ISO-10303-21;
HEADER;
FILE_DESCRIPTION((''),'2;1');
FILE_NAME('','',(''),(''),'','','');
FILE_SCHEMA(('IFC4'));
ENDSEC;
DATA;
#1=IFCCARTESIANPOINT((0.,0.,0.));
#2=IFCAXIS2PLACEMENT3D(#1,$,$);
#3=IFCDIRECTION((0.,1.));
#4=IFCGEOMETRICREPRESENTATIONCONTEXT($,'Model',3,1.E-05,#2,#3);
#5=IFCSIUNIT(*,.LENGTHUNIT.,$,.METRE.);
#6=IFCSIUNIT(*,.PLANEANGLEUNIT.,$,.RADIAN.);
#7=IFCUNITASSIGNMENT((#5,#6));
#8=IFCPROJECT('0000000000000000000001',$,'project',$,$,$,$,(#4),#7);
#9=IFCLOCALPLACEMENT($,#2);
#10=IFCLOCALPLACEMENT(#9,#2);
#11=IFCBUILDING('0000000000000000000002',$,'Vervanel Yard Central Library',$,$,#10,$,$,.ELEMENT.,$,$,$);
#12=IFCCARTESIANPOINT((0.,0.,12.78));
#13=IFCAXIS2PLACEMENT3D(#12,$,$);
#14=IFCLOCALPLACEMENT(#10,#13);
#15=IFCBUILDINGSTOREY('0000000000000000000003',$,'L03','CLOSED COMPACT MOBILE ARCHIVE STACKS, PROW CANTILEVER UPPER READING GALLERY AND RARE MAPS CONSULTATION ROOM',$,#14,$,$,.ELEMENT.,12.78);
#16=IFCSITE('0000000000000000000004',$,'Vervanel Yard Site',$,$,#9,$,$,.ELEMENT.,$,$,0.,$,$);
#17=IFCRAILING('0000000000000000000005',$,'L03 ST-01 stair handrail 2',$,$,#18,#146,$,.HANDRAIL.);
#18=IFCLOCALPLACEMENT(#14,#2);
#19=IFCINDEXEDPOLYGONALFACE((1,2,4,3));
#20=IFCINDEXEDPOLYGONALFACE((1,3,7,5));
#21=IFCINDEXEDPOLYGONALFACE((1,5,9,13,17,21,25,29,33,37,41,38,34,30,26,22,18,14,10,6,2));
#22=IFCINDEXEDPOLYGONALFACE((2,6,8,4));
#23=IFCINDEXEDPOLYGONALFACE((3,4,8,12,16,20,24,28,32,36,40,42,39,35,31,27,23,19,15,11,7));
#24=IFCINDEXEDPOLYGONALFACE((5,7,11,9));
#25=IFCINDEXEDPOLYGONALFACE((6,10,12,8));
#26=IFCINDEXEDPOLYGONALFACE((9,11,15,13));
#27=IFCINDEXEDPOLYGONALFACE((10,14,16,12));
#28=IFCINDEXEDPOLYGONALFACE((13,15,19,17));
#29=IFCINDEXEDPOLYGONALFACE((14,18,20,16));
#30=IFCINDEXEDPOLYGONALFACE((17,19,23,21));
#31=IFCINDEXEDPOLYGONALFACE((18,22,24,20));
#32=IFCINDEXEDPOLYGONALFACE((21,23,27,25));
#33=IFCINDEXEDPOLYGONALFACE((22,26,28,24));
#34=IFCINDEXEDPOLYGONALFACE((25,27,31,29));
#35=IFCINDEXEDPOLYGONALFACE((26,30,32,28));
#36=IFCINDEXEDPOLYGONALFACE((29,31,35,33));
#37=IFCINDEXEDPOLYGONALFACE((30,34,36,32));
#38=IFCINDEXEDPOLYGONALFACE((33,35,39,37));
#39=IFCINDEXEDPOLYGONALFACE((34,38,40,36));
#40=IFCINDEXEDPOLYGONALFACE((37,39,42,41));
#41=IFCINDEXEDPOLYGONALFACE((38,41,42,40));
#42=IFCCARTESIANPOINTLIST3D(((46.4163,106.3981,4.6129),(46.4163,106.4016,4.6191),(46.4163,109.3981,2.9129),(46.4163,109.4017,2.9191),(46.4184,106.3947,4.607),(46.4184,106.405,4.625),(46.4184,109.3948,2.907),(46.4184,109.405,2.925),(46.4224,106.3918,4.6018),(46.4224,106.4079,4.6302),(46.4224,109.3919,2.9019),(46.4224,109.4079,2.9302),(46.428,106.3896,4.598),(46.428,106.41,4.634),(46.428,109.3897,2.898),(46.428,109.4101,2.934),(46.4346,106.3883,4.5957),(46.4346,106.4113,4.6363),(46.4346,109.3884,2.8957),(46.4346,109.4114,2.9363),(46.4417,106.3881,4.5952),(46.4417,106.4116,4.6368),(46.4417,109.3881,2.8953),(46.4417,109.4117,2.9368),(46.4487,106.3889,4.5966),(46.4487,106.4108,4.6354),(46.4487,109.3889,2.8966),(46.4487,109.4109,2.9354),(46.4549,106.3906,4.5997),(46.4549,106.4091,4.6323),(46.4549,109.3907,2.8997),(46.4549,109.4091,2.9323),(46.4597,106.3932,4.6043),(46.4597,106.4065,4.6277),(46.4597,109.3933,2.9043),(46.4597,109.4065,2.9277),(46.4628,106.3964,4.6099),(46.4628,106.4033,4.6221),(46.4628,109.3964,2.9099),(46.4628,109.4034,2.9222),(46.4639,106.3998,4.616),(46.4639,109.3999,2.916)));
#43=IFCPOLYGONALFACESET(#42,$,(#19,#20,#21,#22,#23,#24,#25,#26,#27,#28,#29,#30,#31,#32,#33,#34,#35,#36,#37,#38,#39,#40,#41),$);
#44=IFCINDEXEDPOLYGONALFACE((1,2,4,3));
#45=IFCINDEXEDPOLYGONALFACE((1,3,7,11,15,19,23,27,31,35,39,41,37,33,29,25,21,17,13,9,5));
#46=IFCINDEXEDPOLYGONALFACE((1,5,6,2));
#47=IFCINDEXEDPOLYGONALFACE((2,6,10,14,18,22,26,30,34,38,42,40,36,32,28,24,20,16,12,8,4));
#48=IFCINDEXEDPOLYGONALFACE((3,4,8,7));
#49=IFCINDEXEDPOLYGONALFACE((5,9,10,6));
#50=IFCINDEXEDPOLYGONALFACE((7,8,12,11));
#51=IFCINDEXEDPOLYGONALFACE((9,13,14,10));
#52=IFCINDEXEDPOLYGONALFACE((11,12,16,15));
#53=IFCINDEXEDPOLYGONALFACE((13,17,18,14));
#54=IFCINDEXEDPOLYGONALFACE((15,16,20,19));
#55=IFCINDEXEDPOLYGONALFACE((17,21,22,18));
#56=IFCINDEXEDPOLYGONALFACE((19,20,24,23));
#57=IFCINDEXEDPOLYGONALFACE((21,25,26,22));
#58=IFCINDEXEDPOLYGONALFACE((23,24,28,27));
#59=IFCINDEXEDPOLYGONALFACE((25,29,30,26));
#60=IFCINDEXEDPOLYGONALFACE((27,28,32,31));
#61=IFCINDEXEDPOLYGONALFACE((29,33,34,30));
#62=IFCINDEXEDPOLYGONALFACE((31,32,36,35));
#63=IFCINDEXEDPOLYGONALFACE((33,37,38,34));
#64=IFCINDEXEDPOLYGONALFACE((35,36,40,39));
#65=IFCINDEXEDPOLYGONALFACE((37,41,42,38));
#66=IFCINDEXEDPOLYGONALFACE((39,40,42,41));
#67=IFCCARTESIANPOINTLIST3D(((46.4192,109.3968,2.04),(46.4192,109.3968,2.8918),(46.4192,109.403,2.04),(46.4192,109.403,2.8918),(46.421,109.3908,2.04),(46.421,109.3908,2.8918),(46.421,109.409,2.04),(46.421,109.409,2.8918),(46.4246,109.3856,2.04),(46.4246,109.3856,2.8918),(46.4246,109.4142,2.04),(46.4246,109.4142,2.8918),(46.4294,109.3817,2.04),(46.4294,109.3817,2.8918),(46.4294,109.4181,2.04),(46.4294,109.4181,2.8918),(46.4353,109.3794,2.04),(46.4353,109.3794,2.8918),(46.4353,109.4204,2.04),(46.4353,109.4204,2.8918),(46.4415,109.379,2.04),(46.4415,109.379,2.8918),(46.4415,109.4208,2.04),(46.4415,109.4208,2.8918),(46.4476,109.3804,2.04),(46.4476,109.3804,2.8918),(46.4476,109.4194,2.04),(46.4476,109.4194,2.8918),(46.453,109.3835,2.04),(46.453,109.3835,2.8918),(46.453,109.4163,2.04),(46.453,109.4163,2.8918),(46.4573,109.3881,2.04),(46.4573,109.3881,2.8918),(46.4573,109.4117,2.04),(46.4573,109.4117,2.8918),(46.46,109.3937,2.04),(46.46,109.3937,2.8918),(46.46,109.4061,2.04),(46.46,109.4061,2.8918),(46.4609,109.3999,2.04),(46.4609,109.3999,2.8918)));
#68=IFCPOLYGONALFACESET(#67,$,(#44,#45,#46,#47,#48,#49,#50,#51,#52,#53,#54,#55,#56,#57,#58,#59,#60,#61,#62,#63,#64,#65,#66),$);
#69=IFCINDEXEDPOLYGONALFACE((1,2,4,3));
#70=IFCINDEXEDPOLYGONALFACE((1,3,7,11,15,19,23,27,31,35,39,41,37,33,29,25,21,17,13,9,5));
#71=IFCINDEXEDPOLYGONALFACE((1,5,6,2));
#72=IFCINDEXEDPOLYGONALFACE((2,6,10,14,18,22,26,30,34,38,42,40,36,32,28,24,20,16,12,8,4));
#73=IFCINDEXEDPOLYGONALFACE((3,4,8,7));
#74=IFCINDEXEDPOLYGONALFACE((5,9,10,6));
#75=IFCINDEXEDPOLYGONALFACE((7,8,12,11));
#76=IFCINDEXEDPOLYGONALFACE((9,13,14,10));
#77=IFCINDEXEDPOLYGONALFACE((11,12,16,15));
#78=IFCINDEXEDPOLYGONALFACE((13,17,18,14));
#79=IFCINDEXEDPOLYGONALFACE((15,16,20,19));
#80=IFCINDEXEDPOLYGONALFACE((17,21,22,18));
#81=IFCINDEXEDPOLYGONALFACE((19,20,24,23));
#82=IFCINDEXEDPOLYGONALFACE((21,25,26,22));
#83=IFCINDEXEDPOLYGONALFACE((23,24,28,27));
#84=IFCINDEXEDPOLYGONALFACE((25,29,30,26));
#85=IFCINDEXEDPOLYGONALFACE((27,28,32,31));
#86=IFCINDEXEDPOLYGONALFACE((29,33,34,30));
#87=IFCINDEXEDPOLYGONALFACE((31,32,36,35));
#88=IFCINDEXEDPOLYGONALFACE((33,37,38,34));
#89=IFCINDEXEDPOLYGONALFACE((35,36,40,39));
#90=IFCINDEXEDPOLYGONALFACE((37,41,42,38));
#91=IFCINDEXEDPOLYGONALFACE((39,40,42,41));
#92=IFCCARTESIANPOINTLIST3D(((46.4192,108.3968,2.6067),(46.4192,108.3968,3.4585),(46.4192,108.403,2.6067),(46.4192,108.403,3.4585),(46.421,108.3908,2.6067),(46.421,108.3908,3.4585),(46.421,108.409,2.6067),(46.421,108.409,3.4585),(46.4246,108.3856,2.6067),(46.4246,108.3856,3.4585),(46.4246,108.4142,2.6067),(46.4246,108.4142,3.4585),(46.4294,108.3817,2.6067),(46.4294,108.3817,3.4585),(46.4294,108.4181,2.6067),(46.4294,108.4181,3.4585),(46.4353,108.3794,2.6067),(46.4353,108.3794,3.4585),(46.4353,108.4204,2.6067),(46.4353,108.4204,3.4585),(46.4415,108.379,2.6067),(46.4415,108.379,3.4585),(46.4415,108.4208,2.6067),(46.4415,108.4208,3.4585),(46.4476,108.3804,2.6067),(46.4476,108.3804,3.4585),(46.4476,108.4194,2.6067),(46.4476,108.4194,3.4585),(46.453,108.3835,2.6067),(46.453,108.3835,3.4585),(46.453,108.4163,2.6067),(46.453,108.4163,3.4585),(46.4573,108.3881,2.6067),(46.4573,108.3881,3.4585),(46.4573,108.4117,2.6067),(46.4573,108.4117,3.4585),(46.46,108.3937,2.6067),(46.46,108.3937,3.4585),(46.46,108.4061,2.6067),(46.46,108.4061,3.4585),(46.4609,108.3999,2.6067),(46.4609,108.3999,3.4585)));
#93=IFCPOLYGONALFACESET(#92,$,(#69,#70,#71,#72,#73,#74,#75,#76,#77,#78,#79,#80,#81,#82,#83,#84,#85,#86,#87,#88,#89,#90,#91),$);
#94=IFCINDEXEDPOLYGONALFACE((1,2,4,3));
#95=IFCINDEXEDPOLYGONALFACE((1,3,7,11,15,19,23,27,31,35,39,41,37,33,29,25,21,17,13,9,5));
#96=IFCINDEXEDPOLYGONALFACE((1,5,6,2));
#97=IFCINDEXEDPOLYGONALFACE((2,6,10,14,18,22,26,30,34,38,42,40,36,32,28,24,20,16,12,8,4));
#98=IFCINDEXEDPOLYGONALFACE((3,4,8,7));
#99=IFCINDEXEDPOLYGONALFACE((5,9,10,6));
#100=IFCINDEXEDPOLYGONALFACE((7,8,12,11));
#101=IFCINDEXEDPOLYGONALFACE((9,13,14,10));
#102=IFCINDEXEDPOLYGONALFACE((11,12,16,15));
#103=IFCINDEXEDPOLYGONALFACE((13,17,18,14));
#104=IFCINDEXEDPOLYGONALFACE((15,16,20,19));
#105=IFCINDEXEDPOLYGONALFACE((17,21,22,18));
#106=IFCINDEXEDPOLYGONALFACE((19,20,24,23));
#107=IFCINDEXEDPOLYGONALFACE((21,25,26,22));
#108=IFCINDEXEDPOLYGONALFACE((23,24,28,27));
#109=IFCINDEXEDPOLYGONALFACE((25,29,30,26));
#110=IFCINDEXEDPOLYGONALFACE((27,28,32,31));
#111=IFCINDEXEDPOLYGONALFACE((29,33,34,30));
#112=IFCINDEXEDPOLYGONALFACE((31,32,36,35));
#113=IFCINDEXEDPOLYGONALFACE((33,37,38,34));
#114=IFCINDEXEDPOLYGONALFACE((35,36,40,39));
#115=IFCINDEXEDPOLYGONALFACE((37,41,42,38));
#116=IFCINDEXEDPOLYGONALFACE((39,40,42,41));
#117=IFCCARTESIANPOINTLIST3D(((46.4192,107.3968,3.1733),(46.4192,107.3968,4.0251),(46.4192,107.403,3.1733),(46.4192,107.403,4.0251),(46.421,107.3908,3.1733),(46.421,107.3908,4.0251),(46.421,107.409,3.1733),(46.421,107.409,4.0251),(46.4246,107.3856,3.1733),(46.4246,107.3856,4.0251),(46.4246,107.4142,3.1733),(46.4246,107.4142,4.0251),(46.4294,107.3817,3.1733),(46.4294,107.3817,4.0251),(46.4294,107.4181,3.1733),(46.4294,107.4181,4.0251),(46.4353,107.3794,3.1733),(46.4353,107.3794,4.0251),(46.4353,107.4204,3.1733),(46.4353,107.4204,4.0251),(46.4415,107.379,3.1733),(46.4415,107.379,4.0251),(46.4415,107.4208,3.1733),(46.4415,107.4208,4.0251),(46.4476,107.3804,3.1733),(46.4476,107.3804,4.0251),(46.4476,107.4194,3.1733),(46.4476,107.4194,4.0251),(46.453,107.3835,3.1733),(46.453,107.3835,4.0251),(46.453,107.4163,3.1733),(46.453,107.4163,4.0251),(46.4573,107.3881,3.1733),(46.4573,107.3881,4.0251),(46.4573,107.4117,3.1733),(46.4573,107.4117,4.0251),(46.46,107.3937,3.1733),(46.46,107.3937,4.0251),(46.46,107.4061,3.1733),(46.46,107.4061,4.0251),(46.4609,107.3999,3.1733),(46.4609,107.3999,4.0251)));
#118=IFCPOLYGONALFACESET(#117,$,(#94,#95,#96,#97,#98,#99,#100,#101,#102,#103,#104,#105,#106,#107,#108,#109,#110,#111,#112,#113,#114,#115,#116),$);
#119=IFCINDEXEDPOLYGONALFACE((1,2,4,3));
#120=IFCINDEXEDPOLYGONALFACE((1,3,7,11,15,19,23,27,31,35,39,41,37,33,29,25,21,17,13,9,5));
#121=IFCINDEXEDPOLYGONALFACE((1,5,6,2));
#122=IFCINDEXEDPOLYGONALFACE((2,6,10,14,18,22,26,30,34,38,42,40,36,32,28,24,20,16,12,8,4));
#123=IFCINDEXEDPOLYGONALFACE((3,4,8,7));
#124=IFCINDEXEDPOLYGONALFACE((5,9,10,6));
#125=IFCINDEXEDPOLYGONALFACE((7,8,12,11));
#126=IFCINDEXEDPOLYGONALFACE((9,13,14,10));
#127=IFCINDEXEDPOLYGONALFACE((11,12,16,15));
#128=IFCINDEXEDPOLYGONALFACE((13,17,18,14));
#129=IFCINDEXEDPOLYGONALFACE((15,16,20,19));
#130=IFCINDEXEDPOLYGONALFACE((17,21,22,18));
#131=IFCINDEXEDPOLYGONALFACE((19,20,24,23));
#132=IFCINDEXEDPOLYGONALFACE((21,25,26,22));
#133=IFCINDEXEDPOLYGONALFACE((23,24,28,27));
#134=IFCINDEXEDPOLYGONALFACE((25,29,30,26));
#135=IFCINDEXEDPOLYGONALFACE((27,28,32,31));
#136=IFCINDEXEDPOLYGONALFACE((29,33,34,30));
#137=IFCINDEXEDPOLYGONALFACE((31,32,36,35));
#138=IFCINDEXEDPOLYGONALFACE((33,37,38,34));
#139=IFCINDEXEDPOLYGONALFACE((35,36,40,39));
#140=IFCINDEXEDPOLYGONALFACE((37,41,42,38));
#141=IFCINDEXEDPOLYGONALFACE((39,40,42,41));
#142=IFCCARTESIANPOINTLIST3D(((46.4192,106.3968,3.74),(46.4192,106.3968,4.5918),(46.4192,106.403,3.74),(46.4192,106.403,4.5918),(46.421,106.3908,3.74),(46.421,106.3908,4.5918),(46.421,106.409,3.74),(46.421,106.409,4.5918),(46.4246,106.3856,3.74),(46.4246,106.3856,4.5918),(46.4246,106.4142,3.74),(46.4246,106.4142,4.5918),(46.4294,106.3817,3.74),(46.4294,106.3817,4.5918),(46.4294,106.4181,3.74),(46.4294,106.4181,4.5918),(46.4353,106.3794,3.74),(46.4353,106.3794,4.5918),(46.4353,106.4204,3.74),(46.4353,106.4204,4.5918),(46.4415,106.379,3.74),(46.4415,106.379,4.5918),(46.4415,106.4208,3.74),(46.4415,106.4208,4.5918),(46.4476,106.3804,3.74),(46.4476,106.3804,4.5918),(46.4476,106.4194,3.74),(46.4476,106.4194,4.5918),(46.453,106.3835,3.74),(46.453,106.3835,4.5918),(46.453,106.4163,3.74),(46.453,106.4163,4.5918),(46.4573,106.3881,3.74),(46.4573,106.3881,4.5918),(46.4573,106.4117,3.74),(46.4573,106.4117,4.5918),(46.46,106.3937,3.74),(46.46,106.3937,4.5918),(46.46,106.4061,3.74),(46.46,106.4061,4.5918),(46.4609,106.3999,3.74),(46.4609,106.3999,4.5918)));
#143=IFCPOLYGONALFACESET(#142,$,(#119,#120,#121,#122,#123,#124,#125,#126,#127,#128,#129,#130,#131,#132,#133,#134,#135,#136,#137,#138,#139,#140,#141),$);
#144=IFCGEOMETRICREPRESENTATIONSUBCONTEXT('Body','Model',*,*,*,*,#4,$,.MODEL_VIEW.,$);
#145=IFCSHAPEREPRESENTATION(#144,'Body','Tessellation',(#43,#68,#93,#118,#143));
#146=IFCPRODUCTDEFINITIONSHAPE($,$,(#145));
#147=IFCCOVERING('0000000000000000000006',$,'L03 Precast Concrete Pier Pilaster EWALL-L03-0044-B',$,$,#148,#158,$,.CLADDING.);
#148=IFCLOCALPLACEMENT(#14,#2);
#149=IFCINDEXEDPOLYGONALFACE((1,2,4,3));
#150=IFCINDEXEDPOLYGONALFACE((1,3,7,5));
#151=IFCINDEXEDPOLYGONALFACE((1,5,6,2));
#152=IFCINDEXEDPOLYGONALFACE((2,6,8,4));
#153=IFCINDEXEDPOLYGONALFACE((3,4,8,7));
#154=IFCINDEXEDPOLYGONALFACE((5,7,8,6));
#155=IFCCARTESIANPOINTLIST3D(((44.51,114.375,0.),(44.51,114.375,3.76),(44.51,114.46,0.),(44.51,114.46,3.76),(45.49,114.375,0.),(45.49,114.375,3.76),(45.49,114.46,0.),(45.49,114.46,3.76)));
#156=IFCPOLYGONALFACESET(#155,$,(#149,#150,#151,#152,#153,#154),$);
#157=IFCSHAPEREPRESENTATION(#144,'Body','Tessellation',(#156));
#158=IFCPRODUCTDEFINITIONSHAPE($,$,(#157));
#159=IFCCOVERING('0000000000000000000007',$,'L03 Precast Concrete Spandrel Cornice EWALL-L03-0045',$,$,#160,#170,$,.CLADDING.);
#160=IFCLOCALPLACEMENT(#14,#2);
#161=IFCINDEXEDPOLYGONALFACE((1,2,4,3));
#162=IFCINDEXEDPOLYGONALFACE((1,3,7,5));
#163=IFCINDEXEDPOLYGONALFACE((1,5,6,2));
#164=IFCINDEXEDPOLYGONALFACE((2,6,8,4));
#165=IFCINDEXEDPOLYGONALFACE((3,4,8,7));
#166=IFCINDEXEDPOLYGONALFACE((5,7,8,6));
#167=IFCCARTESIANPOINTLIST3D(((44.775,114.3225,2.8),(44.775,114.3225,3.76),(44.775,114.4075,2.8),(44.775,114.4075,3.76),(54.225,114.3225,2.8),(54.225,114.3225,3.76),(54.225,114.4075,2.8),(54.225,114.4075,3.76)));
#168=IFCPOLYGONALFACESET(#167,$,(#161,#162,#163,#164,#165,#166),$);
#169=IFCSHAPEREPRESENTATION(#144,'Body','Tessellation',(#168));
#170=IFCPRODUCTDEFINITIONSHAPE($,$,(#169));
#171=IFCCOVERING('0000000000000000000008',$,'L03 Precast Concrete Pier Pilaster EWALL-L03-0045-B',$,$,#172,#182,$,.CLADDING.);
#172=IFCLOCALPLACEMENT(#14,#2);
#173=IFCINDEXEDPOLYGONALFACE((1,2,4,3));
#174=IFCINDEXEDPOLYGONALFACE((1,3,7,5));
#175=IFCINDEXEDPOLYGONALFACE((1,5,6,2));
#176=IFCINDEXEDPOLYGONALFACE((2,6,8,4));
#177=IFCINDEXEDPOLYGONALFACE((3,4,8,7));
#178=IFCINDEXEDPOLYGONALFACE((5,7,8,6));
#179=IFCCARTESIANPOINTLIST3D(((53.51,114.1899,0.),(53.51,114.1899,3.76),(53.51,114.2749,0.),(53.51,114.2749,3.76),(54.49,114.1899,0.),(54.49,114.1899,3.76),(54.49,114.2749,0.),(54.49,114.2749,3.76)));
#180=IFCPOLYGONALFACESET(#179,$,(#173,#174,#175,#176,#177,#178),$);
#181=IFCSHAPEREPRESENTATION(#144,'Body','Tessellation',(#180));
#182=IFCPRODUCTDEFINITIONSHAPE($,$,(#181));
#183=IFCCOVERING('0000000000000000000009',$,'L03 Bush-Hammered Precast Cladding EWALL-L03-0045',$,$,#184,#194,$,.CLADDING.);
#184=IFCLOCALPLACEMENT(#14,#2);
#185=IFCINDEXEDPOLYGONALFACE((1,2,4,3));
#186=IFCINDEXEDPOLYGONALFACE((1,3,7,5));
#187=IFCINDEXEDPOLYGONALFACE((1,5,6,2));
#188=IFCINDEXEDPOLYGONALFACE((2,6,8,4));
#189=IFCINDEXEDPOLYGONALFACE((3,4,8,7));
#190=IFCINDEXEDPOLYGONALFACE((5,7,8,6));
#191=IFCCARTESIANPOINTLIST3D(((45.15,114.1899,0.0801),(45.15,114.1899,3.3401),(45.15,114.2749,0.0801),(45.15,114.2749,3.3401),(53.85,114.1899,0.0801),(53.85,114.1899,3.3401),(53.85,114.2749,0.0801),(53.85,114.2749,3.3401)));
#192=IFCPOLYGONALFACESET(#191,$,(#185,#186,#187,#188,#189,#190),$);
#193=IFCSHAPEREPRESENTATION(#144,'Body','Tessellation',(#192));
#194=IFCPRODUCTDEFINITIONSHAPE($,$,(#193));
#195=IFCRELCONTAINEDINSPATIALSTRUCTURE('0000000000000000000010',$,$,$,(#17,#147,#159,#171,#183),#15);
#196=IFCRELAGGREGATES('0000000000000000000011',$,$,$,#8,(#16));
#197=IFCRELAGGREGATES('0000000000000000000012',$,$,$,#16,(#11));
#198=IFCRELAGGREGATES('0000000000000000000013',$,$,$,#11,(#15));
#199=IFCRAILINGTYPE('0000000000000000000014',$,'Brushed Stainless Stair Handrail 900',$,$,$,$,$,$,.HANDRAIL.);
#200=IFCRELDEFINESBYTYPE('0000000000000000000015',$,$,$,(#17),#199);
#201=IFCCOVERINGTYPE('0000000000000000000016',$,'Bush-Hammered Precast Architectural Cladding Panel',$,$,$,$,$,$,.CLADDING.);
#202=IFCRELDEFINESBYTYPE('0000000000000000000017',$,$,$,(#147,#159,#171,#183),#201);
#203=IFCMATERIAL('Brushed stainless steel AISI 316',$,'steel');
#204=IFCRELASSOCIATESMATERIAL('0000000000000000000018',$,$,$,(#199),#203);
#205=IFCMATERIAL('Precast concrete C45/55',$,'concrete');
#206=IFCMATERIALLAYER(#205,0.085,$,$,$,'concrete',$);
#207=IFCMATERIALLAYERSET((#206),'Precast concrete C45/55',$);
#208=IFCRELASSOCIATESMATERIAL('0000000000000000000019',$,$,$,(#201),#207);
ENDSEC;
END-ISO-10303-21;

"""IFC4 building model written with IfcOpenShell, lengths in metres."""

from ifc_helpers import new_model, si_unit, direction, frame, origin, origin_2d, place, context, subcontext, project, spatial, rectangle, circle, extrude, material, layer, layer_set, type_object, element, save


model = new_model("IFC4")

# Units and contexts
model_context = context("Model", 3, precision=1e-05, world=origin(), true_north=direction((0.0, 1.0)))
body_context = subcontext(model_context, "Body", "Model", "MODEL_VIEW")
ifc_project = project(units=[si_unit("LENGTHUNIT", "METRE"), si_unit("PLANEANGLEUNIT", "RADIAN")], contexts=[model_context])

# Site, building, storey
site_placement = place(None, origin())
site = spatial("IfcSite", under=ifc_project, at=site_placement, Name="Vervanel Yard Site", CompositionType="ELEMENT", RefElevation=0.0)
building_placement = place(site_placement, origin())
building = spatial("IfcBuilding", under=site, at=building_placement, Name="Vervanel Yard Central Library", CompositionType="ELEMENT")
storey_placement = place(building_placement, frame((0.0, 0.0, 12.78)))
storey = spatial("IfcBuildingStorey", under=building, at=storey_placement, Name="L03", Description="CLOSED COMPACT MOBILE ARCHIVE STACKS, PROW CANTILEVER UPPER READING GALLERY AND RARE MAPS CONSULTATION ROOM", CompositionType="ELEMENT", Elevation=12.78)

# Shared definitions
ifc_material_1 = material(Name="Brushed stainless steel AISI 316", Category="steel")

# Railing
railing_type_1 = type_object("IfcRailingType", Name="Brushed Stainless Stair Handrail 900", PredefinedType="HANDRAIL", material=ifc_material_1)
railing_1_placement = place(storey_placement, frame((46.4399, 109.3999, 2.04)))
element("IfcRailing", 1, at=railing_1_placement, inside=storey, type_object=railing_type_1, Name="L03 ST-01 stair handrail 2", PredefinedType="HANDRAIL", context=body_context, shape_type="SweptSolid", body=[
    extrude(circle(Radius=0.0239, at=origin_2d()), frame((0.0, 0.0, 0.876), z_axis=(0.0, -0.870028, 0.493002), x_axis=(1.0, 0.0, 0.0)), (0.0, 0.0, 1.0), 3.4482),
    extrude(circle(Radius=0.021, at=origin_2d()), origin(), (0.0, 0.0, 1.0), 0.8518),
    extrude(circle(Radius=0.021, at=origin_2d()), frame((0.0, -1.0, 0.5667)), (0.0, 0.0, 1.0), 0.8518),
    extrude(circle(Radius=0.021, at=origin_2d()), frame((0.0, -2.0, 1.1333)), (0.0, 0.0, 1.0), 0.8518),
    extrude(circle(Radius=0.021, at=origin_2d()), frame((0.0, -3.0, 1.7)), (0.0, 0.0, 1.0), 0.8518),
])

# Coverings
ifc_material_2 = material(Name="Precast concrete C45/55", Category="concrete")
ifc_layer_1 = layer(ifc_material_2, 0.085, Category="concrete")
ifc_layer_set_1 = layer_set([ifc_layer_1], Name="Precast concrete C45/55")
covering_type = type_object("IfcCoveringType", Name="Bush-Hammered Precast Architectural Cladding Panel", PredefinedType="CLADDING", material=ifc_layer_set_1)
covering_1_placement = place(storey_placement, frame((45.0, 114.4175, 0.0), z_axis=(0.0, 0.0, 1.0), x_axis=(1.0, 0.0, 0.0)))
element("IfcCovering", 2, at=covering_1_placement, inside=storey, type_object=covering_type, Name="L03 Precast Concrete Pier Pilaster EWALL-L03-0044-B", PredefinedType="CLADDING", context=body_context, shape_type="SweptSolid", body=[
    extrude(rectangle(XDim=0.98, YDim=0.085, at=origin_2d()), origin(), (0.0, 0.0, 1.0), 3.76),
])
covering_2_placement = place(storey_placement, frame((49.5, 114.365, 2.8), z_axis=(0.0, 0.0, 1.0), x_axis=(1.0, 0.0, 0.0)))
element("IfcCovering", 3, at=covering_2_placement, inside=storey, type_object=covering_type, Name="L03 Precast Concrete Spandrel Cornice EWALL-L03-0045", PredefinedType="CLADDING", context=body_context, shape_type="SweptSolid", body=[
    extrude(rectangle(XDim=9.45, YDim=0.085, at=origin_2d()), origin(), (0.0, 0.0, 1.0), 0.96),
])
covering_3_placement = place(storey_placement, frame((54.0, 114.2324, 0.0), z_axis=(0.0, 0.0, 1.0), x_axis=(1.0, 0.0, 0.0)))
element("IfcCovering", 4, at=covering_3_placement, inside=storey, type_object=covering_type, Name="L03 Precast Concrete Pier Pilaster EWALL-L03-0045-B", PredefinedType="CLADDING", context=body_context, shape_type="SweptSolid", body=[
    extrude(rectangle(XDim=0.98, YDim=0.085, at=origin_2d()), origin(), (0.0, 0.0, 1.0), 3.76),
])
covering_4_placement = place(storey_placement, frame((49.5, 114.2324, 0.0801), z_axis=(0.0, 0.0, 1.0), x_axis=(1.0, 0.0, 0.0)))
element("IfcCovering", 5, at=covering_4_placement, inside=storey, type_object=covering_type, Name="L03 Bush-Hammered Precast Cladding EWALL-L03-0045", PredefinedType="CLADDING", context=body_context, shape_type="SweptSolid", body=[
    extrude(rectangle(XDim=8.7, YDim=0.085, at=origin_2d()), origin(), (0.0, 0.0, 1.0), 3.26),
])

save(model, "model.ifc")
